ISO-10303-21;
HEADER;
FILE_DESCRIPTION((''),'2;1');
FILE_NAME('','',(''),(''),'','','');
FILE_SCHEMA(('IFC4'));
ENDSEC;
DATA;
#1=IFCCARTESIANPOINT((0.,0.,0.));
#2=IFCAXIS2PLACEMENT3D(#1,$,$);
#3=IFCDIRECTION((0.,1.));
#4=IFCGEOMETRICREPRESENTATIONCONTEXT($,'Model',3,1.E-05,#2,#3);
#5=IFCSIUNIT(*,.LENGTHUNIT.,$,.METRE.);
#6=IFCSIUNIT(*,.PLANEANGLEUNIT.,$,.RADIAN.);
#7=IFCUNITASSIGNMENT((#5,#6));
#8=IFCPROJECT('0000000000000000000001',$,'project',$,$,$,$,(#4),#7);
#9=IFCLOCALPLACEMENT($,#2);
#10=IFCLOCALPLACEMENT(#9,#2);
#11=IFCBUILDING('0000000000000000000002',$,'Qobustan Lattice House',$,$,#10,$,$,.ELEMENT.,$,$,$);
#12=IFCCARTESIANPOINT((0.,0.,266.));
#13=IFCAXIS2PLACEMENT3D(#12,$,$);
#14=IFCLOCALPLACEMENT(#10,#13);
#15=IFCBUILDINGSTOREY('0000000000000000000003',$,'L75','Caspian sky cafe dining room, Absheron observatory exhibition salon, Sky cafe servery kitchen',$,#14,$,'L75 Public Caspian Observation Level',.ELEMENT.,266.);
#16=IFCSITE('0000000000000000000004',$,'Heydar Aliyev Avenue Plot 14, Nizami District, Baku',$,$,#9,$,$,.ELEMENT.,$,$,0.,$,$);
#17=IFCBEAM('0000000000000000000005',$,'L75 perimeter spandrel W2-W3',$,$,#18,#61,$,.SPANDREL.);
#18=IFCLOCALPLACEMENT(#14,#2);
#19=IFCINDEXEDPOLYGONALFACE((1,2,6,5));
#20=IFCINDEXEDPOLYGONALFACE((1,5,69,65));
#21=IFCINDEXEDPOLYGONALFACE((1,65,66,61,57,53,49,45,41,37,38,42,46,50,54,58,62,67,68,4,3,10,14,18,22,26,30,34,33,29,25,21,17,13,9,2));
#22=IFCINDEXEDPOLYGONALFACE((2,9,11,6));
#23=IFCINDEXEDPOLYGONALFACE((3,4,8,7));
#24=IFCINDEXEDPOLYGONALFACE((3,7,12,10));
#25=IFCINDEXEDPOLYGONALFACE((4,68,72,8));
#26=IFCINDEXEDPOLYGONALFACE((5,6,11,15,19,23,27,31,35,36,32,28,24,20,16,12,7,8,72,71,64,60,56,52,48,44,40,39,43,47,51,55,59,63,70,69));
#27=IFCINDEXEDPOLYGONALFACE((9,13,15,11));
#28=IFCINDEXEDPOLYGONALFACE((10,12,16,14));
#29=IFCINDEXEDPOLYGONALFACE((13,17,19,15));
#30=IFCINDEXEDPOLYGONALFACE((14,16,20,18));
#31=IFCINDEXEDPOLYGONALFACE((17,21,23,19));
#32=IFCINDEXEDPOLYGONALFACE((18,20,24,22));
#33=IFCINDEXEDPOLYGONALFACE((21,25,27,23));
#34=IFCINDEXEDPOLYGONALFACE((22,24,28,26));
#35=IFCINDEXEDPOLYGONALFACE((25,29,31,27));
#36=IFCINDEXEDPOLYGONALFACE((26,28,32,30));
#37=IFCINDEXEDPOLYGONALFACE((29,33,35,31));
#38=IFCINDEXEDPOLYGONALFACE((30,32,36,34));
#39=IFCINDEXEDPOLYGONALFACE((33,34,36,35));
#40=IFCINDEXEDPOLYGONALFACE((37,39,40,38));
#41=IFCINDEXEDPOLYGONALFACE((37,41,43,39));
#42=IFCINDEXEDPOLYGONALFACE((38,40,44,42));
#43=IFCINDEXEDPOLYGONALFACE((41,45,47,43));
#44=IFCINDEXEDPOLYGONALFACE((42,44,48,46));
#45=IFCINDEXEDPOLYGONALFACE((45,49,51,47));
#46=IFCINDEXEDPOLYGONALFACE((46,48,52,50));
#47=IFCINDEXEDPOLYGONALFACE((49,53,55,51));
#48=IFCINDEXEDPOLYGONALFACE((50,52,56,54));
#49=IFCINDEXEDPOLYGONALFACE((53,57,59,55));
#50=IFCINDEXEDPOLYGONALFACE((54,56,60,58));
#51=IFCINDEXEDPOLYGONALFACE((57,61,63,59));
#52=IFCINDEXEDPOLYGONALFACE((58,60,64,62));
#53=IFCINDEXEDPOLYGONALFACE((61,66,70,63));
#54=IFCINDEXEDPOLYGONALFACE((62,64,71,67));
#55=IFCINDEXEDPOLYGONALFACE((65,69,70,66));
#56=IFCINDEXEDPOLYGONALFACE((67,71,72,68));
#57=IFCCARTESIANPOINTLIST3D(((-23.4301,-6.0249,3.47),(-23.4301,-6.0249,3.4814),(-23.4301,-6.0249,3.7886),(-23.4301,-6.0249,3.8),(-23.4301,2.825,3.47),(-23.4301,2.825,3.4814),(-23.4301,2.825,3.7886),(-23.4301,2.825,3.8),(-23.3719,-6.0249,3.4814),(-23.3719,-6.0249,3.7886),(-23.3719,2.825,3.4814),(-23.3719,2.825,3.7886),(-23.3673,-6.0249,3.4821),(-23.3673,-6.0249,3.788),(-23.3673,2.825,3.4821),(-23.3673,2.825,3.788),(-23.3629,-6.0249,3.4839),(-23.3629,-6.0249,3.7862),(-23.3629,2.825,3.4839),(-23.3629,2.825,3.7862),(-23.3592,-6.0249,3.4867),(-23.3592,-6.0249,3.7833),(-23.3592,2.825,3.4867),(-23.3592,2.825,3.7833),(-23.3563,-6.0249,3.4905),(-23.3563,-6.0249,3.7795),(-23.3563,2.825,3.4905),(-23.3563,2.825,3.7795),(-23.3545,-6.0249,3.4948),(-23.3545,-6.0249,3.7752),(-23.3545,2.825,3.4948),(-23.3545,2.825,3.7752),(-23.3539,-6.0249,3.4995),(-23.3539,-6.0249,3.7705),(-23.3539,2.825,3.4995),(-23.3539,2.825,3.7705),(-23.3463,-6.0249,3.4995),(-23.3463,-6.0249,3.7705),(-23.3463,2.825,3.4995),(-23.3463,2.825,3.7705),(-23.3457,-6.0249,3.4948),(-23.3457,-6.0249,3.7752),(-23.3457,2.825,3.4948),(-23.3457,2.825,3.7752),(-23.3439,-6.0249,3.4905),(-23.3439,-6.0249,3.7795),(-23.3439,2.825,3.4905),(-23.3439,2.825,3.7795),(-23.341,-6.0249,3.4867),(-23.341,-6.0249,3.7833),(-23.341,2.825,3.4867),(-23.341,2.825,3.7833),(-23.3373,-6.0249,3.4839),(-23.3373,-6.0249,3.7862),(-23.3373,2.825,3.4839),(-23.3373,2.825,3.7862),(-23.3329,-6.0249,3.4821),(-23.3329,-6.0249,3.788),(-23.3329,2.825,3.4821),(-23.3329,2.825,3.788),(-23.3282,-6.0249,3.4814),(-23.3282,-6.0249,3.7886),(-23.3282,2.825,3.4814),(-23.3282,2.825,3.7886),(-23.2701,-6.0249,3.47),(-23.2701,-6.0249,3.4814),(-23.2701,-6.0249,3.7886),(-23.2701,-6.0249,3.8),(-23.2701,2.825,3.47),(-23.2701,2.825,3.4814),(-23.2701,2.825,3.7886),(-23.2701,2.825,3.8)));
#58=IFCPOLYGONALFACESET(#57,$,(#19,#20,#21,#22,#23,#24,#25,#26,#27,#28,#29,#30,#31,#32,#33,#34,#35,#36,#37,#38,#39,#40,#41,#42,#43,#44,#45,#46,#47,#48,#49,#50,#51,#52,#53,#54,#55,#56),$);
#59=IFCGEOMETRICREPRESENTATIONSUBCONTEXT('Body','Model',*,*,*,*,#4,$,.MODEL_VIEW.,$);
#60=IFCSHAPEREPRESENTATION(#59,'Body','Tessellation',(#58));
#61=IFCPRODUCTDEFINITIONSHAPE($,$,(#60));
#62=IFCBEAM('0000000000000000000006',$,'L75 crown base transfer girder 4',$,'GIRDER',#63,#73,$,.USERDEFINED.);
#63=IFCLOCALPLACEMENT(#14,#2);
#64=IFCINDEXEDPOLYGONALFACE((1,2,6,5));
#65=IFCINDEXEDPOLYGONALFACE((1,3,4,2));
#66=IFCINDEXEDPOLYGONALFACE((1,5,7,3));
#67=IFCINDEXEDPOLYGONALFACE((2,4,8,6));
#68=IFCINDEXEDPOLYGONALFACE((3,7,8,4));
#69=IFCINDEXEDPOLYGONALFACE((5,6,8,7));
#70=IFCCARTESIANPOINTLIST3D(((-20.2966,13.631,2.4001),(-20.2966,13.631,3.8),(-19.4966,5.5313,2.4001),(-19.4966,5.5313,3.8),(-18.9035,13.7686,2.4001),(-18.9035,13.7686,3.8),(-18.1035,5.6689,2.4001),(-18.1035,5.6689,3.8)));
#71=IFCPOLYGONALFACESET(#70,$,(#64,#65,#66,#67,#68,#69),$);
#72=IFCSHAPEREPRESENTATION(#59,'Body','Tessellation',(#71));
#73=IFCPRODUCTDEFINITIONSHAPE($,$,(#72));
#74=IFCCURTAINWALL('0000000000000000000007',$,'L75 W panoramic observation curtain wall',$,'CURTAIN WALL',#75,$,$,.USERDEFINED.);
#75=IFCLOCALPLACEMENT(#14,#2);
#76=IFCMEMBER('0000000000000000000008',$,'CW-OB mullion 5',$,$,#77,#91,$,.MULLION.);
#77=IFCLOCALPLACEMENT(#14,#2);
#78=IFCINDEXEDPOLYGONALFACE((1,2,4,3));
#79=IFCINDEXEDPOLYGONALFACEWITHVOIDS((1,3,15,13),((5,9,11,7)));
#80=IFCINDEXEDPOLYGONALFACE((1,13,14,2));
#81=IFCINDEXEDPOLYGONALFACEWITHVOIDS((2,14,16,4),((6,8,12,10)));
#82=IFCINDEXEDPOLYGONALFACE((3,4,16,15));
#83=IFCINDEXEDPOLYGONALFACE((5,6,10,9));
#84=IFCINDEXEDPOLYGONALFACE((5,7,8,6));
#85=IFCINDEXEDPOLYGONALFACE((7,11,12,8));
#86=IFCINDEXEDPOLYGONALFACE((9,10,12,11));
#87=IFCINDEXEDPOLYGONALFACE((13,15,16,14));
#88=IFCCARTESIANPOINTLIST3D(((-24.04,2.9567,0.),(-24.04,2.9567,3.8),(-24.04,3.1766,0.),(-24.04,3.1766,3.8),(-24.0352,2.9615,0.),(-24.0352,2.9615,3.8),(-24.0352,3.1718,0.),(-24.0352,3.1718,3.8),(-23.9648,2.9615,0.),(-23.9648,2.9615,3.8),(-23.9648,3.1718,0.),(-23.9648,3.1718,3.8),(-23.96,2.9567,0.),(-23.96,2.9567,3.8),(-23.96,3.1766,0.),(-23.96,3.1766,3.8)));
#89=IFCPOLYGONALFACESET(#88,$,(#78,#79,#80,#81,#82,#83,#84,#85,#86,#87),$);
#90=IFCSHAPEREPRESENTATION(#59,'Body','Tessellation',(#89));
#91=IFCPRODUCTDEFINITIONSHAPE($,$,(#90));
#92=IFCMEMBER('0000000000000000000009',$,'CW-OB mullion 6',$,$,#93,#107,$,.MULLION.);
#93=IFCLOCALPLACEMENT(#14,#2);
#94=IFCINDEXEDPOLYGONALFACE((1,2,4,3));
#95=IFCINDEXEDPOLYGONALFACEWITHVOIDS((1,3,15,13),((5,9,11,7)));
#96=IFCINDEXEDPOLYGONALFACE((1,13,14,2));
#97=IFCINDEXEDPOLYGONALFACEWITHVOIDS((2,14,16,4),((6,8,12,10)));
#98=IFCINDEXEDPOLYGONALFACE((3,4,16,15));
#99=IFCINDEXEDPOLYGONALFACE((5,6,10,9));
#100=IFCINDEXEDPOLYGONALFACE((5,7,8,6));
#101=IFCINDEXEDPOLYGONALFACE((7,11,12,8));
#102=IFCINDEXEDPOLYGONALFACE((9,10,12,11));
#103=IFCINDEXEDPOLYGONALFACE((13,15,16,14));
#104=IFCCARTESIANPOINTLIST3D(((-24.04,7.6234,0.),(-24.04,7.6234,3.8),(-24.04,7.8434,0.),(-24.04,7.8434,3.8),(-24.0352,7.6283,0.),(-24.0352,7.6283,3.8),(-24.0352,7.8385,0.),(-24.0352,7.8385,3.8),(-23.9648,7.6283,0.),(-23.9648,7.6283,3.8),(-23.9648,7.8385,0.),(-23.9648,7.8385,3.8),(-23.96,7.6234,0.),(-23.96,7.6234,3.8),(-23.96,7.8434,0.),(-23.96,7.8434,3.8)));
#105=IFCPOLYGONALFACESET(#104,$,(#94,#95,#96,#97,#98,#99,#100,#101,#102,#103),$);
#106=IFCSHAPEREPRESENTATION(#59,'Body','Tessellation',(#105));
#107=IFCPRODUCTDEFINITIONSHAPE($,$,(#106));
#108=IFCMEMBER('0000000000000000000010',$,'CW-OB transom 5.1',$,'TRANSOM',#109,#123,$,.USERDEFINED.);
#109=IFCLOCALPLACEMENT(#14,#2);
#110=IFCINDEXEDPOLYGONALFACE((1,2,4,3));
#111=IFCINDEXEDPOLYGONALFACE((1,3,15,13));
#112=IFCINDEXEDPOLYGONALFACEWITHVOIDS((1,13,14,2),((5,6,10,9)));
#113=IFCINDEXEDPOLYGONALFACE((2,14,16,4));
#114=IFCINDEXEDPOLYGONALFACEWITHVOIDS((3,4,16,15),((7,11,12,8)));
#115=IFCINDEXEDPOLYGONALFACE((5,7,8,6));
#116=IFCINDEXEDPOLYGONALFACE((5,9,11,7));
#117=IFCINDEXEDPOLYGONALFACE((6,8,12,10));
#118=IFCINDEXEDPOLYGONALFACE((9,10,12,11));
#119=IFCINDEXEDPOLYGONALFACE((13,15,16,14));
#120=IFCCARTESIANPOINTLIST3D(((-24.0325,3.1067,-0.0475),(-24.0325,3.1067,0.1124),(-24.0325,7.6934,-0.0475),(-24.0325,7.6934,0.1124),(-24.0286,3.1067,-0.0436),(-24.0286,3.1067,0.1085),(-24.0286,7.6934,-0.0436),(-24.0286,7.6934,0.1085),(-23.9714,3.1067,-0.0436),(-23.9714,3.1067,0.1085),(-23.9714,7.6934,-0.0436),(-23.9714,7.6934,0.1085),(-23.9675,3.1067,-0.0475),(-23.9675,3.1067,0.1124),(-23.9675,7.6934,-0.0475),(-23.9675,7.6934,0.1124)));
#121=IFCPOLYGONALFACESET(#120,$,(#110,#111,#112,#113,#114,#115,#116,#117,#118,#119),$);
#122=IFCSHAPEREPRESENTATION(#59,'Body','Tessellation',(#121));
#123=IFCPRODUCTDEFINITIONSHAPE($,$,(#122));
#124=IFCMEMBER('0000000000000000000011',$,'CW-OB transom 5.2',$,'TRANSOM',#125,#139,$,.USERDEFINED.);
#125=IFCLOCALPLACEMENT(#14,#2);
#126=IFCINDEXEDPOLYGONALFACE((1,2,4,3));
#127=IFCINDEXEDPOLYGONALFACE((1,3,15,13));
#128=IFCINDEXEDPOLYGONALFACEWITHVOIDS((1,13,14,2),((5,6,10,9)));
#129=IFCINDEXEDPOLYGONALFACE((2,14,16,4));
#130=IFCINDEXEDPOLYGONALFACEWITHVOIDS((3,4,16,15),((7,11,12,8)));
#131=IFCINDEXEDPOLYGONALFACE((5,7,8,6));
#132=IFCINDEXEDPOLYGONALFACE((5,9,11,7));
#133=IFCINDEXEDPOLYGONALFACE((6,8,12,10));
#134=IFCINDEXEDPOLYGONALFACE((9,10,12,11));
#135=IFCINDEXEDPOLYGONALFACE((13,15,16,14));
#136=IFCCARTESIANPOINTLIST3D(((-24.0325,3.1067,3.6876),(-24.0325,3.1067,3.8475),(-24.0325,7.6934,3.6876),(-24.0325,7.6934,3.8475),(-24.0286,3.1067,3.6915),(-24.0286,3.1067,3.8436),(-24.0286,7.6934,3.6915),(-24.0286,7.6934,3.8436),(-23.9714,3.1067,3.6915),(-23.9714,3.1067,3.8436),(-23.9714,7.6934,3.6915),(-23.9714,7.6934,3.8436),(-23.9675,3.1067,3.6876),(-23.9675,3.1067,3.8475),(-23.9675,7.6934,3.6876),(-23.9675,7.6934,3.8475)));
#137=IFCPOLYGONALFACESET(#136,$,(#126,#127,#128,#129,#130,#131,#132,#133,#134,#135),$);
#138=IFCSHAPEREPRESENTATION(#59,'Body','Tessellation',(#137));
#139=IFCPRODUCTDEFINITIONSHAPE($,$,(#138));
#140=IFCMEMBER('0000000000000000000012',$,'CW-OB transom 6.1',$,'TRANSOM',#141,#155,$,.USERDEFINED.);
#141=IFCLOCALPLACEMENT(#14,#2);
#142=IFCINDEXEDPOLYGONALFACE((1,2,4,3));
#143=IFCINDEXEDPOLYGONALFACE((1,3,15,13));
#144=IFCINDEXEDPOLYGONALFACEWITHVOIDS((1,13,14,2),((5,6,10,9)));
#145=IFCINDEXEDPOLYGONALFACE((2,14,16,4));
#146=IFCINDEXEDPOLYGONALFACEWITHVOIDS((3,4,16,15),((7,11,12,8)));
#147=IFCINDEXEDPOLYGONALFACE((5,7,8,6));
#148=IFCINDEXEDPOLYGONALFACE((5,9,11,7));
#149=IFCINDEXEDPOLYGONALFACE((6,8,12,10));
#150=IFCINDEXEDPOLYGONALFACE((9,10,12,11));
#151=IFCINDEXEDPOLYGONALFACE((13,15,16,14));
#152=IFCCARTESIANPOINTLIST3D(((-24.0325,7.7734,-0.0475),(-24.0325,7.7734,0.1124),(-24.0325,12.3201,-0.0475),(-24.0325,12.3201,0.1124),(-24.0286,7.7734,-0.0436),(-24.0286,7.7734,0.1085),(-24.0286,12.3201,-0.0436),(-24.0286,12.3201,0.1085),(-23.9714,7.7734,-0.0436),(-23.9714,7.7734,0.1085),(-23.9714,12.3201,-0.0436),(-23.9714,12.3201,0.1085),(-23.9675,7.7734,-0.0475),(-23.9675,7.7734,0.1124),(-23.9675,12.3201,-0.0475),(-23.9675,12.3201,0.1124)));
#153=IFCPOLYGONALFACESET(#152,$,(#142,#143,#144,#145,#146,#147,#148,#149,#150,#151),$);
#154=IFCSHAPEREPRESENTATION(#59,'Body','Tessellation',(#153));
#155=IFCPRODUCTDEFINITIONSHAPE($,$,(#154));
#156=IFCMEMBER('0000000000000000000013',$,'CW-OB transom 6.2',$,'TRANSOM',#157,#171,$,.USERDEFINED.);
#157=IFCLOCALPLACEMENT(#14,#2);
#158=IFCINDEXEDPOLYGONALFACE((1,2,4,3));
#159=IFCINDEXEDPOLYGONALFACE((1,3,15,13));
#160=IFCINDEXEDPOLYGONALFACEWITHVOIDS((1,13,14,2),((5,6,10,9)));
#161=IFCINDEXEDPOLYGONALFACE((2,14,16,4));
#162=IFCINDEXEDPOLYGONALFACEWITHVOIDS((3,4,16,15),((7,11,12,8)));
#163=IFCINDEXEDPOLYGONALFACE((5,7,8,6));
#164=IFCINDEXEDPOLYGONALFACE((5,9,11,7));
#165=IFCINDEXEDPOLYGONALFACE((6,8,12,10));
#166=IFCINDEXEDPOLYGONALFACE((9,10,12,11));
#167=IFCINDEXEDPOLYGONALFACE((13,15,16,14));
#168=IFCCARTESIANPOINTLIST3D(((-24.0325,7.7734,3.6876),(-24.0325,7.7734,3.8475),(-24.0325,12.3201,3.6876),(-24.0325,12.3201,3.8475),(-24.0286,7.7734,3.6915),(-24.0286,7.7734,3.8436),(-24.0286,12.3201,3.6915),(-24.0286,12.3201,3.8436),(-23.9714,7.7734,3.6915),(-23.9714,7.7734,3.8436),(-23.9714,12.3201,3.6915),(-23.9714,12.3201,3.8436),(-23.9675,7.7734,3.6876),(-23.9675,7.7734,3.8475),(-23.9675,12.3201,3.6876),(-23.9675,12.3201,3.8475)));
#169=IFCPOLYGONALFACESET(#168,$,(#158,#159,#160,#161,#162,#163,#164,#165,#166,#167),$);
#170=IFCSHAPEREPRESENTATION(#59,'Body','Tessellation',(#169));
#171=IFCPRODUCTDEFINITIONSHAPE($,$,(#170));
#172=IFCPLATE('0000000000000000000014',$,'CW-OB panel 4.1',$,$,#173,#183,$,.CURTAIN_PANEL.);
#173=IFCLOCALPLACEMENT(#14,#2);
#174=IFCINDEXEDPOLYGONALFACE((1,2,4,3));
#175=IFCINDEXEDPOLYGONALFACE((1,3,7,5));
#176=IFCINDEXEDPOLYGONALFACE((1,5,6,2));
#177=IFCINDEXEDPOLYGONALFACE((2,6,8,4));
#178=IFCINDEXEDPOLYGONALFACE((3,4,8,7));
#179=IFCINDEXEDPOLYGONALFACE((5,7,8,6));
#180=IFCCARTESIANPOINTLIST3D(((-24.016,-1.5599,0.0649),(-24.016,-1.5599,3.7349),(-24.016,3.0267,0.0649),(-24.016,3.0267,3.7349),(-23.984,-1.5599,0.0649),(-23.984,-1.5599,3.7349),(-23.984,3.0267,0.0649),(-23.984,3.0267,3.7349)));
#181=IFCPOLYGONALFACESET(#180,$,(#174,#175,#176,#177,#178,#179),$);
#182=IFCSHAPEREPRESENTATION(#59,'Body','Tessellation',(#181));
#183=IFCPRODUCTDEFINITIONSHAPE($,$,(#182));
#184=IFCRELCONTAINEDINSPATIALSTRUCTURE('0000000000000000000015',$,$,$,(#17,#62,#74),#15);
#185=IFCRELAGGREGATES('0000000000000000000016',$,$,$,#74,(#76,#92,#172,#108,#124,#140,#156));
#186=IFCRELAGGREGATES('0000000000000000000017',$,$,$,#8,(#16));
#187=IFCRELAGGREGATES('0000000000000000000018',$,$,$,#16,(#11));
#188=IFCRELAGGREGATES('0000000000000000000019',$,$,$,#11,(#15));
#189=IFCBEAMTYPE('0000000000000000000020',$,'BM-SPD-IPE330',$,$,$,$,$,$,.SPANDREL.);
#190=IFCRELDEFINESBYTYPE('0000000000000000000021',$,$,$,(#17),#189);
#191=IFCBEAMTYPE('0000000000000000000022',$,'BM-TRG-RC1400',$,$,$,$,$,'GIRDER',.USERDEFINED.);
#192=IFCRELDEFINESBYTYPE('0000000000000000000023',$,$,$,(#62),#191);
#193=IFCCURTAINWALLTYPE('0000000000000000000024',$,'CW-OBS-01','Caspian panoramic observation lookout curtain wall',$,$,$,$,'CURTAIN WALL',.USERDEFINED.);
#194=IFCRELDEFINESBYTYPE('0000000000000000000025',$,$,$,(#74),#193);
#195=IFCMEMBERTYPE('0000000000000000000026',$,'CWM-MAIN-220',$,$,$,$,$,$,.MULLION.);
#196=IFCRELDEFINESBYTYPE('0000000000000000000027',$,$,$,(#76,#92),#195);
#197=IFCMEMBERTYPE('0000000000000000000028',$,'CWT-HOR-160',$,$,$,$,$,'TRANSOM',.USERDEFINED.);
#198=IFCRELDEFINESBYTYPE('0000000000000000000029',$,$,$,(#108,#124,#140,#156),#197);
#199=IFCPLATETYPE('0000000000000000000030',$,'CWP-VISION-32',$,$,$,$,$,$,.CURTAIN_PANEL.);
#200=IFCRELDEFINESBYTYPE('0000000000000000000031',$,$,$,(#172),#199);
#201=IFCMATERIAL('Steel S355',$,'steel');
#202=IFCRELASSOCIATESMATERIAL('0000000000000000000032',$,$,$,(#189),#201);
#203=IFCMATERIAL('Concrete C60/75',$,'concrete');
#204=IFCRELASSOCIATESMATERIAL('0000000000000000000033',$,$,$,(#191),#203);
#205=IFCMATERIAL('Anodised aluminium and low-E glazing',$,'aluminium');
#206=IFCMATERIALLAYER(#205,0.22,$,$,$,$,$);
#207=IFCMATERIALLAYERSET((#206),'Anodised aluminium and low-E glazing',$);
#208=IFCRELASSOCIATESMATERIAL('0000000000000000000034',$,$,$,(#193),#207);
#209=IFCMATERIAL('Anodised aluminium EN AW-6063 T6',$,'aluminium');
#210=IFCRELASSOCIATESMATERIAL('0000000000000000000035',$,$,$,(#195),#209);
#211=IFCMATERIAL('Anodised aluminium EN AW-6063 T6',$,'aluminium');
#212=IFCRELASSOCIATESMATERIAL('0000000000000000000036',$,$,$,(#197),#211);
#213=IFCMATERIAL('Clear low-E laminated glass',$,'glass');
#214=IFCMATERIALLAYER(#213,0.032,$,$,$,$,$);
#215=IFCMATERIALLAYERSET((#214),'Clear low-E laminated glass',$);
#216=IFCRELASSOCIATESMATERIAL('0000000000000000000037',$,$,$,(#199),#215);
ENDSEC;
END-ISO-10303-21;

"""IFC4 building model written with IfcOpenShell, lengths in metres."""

from ifc_helpers import new_model, si_unit, direction, frame, origin, origin_2d, place, context, subcontext, project, spatial, rectangle, hollow_rectangle, i_section, extrude, material, layer, layer_set, material_profile, profile_set, type_object, element, aggregate, save


model = new_model("IFC4")

# Units and contexts
model_context = context("Model", 3, precision=1e-05, world=origin(), true_north=direction((0.0, 1.0)))
body_context = subcontext(model_context, "Body", "Model", "MODEL_VIEW")
ifc_project = project(units=[si_unit("LENGTHUNIT", "METRE"), si_unit("PLANEANGLEUNIT", "RADIAN")], contexts=[model_context])

# Site, building, storey
site_placement = place(None, origin())
site = spatial("IfcSite", under=ifc_project, at=site_placement, Name="Heydar Aliyev Avenue Plot 14, Nizami District, Baku", CompositionType="ELEMENT", RefElevation=0.0)
building_placement = place(site_placement, origin())
building = spatial("IfcBuilding", under=site, at=building_placement, Name="Qobustan Lattice House", CompositionType="ELEMENT")
storey_placement = place(building_placement, frame((0.0, 0.0, 266.0)))
storey = spatial("IfcBuildingStorey", under=building, at=storey_placement, Name="L75", Description="Caspian sky cafe dining room, Absheron observatory exhibition salon, Sky cafe servery kitchen", LongName="L75 Public Caspian Observation Level", CompositionType="ELEMENT", Elevation=266.0)

# Beams
ifc_material_1 = material(Name="Steel S355", Category="steel")
ifc_material_profile_1 = material_profile(ifc_material_1, i_section(OverallWidth=0.1599, OverallDepth=0.3301, WebThickness=0.0076, FlangeThickness=0.0115, FilletRadius=0.0181, at=origin_2d()), Name="IPE330")
ifc_profile_set_1 = profile_set([ifc_material_profile_1], Name="Steel S355")
beam_type_1 = type_object("IfcBeamType", Name="BM-SPD-IPE330", PredefinedType="SPANDREL", material=ifc_profile_set_1)
beam_1_placement = place(storey_placement, frame((-23.3501, 2.825, 3.635), z_axis=(0.0, -1.0, 0.0), x_axis=(1.0, 0.0, 0.0)))
element("IfcBeam", 1, at=beam_1_placement, inside=storey, type_object=beam_type_1, Name="L75 perimeter spandrel W2-W3", PredefinedType="SPANDREL", context=body_context, shape_type="SweptSolid", body=[
    extrude(i_section(OverallWidth=0.1599, OverallDepth=0.3301, WebThickness=0.0076, FlangeThickness=0.0115, FilletRadius=0.0181, at=origin_2d()), origin(), (0.0, 0.0, 1.0), 8.8499),
])
ifc_material_2 = material(Name="Concrete C60/75", Category="concrete")
ifc_material_profile_2 = material_profile(ifc_material_2, rectangle(XDim=1.3999, YDim=1.3999, at=origin_2d()), Name="RC1400x1400")
ifc_profile_set_2 = profile_set([ifc_material_profile_2], Name="Concrete C60/75")
beam_type_2 = type_object("IfcBeamType", Name="BM-TRG-RC1400", ElementType="GIRDER", PredefinedType="USERDEFINED", material=ifc_profile_set_2)
beam_2_placement = place(storey_placement, frame((-18.8, 5.6001, 3.1001), z_axis=(-0.098295, 0.995157, 0.0), x_axis=(-0.995157, -0.098295, 0.0)))
element("IfcBeam", 2, at=beam_2_placement, inside=storey, type_object=beam_type_2, Name="L75 crown base transfer girder 4", ObjectType="GIRDER", PredefinedType="USERDEFINED", context=body_context, shape_type="SweptSolid", body=[
    extrude(rectangle(XDim=1.3999, YDim=1.3999, at=origin_2d()), origin(), (0.0, 0.0, 1.0), 8.1392),
])

# Curtain wall, members, plate
ifc_material_3 = material(Name="Anodised aluminium and low-E glazing", Category="aluminium")
ifc_layer_1 = layer(ifc_material_3, 0.22)
ifc_layer_set_1 = layer_set([ifc_layer_1], Name="Anodised aluminium and low-E glazing")
curtain_wall_type = type_object("IfcCurtainWallType", Name="CW-OBS-01", Description="Caspian panoramic observation lookout curtain wall", ElementType="CURTAIN WALL", PredefinedType="USERDEFINED", material=ifc_layer_set_1)
curtain_wall_placement = place(storey_placement, origin())
curtain_wall = element("IfcCurtainWall", 3, at=curtain_wall_placement, inside=storey, type_object=curtain_wall_type, Name="L75 W panoramic observation curtain wall", ObjectType="CURTAIN WALL", PredefinedType="USERDEFINED")
ifc_material_4 = material(Name="Anodised aluminium EN AW-6063 T6", Category="aluminium")
ifc_material_profile_3 = material_profile(ifc_material_4, hollow_rectangle(XDim=0.0801, YDim=0.22, WallThickness=0.0049, at=origin_2d()), Name="CWM-220x80")
ifc_profile_set_3 = profile_set([ifc_material_profile_3], Name="Anodised aluminium EN AW-6063 T6")
member_type_1 = type_object("IfcMemberType", Name="CWM-MAIN-220", PredefinedType="MULLION", material=ifc_profile_set_3)
member_1_placement = place(storey_placement, frame((-24.0, 3.0667, 0.0), z_axis=(0.0, 0.0, 1.0), x_axis=(-1.0, 0.0, 0.0)))
member_1 = element("IfcMember", 4, at=member_1_placement, type_object=member_type_1, Name="CW-OB mullion 5", PredefinedType="MULLION", context=body_context, shape_type="SweptSolid", body=[
    extrude(hollow_rectangle(XDim=0.0801, YDim=0.22, WallThickness=0.0049, at=origin_2d()), origin(), (0.0, 0.0, 1.0), 3.8),
])
member_2_placement = place(storey_placement, frame((-24.0, 7.7334, 0.0), z_axis=(0.0, 0.0, 1.0), x_axis=(-1.0, 0.0, 0.0)))
member_2 = element("IfcMember", 5, at=member_2_placement, type_object=member_type_1, Name="CW-OB mullion 6", PredefinedType="MULLION", context=body_context, shape_type="SweptSolid", body=[
    extrude(hollow_rectangle(XDim=0.0801, YDim=0.22, WallThickness=0.0049, at=origin_2d()), origin(), (0.0, 0.0, 1.0), 3.8),
])
ifc_material_5 = material(Name="Anodised aluminium EN AW-6063 T6", Category="aluminium")
ifc_material_profile_4 = material_profile(ifc_material_5, hollow_rectangle(XDim=0.0649, YDim=0.1599, WallThickness=0.0039, at=origin_2d()), Name="CWT-160x65")
ifc_profile_set_4 = profile_set([ifc_material_profile_4], Name="Anodised aluminium EN AW-6063 T6")
member_type_2 = type_object("IfcMemberType", Name="CWT-HOR-160", ElementType="TRANSOM", PredefinedType="USERDEFINED", material=ifc_profile_set_4)
member_3_placement = place(storey_placement, frame((-24.0, 3.1067, 0.0325), z_axis=(0.0, 1.0, 0.0), x_axis=(-1.0, 0.0, 0.0)))
member_3 = element("IfcMember", 6, at=member_3_placement, type_object=member_type_2, Name="CW-OB transom 5.1", ObjectType="TRANSOM", PredefinedType="USERDEFINED", context=body_context, shape_type="SweptSolid", body=[
    extrude(hollow_rectangle(XDim=0.0649, YDim=0.1599, WallThickness=0.0039, at=origin_2d()), origin(), (0.0, 0.0, 1.0), 4.5867),
])
member_4_placement = place(storey_placement, frame((-24.0, 3.1067, 3.7676), z_axis=(0.0, 1.0, 0.0), x_axis=(-1.0, 0.0, 0.0)))
member_4 = element("IfcMember", 7, at=member_4_placement, type_object=member_type_2, Name="CW-OB transom 5.2", ObjectType="TRANSOM", PredefinedType="USERDEFINED", context=body_context, shape_type="SweptSolid", body=[
    extrude(hollow_rectangle(XDim=0.0649, YDim=0.1599, WallThickness=0.0039, at=origin_2d()), origin(), (0.0, 0.0, 1.0), 4.5867),
])
member_5_placement = place(storey_placement, frame((-24.0, 7.7734, 0.0325), z_axis=(0.0, 1.0, 0.0), x_axis=(-1.0, 0.0, 0.0)))
member_5 = element("IfcMember", 8, at=member_5_placement, type_object=member_type_2, Name="CW-OB transom 6.1", ObjectType="TRANSOM", PredefinedType="USERDEFINED", context=body_context, shape_type="SweptSolid", body=[
    extrude(hollow_rectangle(XDim=0.0649, YDim=0.1599, WallThickness=0.0039, at=origin_2d()), origin(), (0.0, 0.0, 1.0), 4.5466),
])
member_6_placement = place(storey_placement, frame((-24.0, 7.7734, 3.7676), z_axis=(0.0, 1.0, 0.0), x_axis=(-1.0, 0.0, 0.0)))
member_6 = element("IfcMember", 9, at=member_6_placement, type_object=member_type_2, Name="CW-OB transom 6.2", ObjectType="TRANSOM", PredefinedType="USERDEFINED", context=body_context, shape_type="SweptSolid", body=[
    extrude(hollow_rectangle(XDim=0.0649, YDim=0.1599, WallThickness=0.0039, at=origin_2d()), origin(), (0.0, 0.0, 1.0), 4.5466),
])
ifc_material_6 = material(Name="Clear low-E laminated glass", Category="glass")
ifc_layer_2 = layer(ifc_material_6, 0.032)
ifc_layer_set_2 = layer_set([ifc_layer_2], Name="Clear low-E laminated glass")
plate_type = type_object("IfcPlateType", Name="CWP-VISION-32", PredefinedType="CURTAIN_PANEL", material=ifc_layer_set_2)
plate_1_placement = place(storey_placement, frame((-24.0, 0.7334, 0.0649), z_axis=(0.0, 0.0, 1.0), x_axis=(0.0, 1.0, 0.0)))
plate_1 = element("IfcPlate", 10, at=plate_1_placement, type_object=plate_type, Name="CW-OB panel 4.1", PredefinedType="CURTAIN_PANEL", context=body_context, shape_type="SweptSolid", body=[
    extrude(rectangle(XDim=4.5867, YDim=0.032, at=origin_2d()), origin(), (0.0, 0.0, 1.0), 3.6699),
])
aggregate(curtain_wall, [member_1, member_2, plate_1, member_3, member_4, member_5, member_6])

save(model, "model.ifc")
